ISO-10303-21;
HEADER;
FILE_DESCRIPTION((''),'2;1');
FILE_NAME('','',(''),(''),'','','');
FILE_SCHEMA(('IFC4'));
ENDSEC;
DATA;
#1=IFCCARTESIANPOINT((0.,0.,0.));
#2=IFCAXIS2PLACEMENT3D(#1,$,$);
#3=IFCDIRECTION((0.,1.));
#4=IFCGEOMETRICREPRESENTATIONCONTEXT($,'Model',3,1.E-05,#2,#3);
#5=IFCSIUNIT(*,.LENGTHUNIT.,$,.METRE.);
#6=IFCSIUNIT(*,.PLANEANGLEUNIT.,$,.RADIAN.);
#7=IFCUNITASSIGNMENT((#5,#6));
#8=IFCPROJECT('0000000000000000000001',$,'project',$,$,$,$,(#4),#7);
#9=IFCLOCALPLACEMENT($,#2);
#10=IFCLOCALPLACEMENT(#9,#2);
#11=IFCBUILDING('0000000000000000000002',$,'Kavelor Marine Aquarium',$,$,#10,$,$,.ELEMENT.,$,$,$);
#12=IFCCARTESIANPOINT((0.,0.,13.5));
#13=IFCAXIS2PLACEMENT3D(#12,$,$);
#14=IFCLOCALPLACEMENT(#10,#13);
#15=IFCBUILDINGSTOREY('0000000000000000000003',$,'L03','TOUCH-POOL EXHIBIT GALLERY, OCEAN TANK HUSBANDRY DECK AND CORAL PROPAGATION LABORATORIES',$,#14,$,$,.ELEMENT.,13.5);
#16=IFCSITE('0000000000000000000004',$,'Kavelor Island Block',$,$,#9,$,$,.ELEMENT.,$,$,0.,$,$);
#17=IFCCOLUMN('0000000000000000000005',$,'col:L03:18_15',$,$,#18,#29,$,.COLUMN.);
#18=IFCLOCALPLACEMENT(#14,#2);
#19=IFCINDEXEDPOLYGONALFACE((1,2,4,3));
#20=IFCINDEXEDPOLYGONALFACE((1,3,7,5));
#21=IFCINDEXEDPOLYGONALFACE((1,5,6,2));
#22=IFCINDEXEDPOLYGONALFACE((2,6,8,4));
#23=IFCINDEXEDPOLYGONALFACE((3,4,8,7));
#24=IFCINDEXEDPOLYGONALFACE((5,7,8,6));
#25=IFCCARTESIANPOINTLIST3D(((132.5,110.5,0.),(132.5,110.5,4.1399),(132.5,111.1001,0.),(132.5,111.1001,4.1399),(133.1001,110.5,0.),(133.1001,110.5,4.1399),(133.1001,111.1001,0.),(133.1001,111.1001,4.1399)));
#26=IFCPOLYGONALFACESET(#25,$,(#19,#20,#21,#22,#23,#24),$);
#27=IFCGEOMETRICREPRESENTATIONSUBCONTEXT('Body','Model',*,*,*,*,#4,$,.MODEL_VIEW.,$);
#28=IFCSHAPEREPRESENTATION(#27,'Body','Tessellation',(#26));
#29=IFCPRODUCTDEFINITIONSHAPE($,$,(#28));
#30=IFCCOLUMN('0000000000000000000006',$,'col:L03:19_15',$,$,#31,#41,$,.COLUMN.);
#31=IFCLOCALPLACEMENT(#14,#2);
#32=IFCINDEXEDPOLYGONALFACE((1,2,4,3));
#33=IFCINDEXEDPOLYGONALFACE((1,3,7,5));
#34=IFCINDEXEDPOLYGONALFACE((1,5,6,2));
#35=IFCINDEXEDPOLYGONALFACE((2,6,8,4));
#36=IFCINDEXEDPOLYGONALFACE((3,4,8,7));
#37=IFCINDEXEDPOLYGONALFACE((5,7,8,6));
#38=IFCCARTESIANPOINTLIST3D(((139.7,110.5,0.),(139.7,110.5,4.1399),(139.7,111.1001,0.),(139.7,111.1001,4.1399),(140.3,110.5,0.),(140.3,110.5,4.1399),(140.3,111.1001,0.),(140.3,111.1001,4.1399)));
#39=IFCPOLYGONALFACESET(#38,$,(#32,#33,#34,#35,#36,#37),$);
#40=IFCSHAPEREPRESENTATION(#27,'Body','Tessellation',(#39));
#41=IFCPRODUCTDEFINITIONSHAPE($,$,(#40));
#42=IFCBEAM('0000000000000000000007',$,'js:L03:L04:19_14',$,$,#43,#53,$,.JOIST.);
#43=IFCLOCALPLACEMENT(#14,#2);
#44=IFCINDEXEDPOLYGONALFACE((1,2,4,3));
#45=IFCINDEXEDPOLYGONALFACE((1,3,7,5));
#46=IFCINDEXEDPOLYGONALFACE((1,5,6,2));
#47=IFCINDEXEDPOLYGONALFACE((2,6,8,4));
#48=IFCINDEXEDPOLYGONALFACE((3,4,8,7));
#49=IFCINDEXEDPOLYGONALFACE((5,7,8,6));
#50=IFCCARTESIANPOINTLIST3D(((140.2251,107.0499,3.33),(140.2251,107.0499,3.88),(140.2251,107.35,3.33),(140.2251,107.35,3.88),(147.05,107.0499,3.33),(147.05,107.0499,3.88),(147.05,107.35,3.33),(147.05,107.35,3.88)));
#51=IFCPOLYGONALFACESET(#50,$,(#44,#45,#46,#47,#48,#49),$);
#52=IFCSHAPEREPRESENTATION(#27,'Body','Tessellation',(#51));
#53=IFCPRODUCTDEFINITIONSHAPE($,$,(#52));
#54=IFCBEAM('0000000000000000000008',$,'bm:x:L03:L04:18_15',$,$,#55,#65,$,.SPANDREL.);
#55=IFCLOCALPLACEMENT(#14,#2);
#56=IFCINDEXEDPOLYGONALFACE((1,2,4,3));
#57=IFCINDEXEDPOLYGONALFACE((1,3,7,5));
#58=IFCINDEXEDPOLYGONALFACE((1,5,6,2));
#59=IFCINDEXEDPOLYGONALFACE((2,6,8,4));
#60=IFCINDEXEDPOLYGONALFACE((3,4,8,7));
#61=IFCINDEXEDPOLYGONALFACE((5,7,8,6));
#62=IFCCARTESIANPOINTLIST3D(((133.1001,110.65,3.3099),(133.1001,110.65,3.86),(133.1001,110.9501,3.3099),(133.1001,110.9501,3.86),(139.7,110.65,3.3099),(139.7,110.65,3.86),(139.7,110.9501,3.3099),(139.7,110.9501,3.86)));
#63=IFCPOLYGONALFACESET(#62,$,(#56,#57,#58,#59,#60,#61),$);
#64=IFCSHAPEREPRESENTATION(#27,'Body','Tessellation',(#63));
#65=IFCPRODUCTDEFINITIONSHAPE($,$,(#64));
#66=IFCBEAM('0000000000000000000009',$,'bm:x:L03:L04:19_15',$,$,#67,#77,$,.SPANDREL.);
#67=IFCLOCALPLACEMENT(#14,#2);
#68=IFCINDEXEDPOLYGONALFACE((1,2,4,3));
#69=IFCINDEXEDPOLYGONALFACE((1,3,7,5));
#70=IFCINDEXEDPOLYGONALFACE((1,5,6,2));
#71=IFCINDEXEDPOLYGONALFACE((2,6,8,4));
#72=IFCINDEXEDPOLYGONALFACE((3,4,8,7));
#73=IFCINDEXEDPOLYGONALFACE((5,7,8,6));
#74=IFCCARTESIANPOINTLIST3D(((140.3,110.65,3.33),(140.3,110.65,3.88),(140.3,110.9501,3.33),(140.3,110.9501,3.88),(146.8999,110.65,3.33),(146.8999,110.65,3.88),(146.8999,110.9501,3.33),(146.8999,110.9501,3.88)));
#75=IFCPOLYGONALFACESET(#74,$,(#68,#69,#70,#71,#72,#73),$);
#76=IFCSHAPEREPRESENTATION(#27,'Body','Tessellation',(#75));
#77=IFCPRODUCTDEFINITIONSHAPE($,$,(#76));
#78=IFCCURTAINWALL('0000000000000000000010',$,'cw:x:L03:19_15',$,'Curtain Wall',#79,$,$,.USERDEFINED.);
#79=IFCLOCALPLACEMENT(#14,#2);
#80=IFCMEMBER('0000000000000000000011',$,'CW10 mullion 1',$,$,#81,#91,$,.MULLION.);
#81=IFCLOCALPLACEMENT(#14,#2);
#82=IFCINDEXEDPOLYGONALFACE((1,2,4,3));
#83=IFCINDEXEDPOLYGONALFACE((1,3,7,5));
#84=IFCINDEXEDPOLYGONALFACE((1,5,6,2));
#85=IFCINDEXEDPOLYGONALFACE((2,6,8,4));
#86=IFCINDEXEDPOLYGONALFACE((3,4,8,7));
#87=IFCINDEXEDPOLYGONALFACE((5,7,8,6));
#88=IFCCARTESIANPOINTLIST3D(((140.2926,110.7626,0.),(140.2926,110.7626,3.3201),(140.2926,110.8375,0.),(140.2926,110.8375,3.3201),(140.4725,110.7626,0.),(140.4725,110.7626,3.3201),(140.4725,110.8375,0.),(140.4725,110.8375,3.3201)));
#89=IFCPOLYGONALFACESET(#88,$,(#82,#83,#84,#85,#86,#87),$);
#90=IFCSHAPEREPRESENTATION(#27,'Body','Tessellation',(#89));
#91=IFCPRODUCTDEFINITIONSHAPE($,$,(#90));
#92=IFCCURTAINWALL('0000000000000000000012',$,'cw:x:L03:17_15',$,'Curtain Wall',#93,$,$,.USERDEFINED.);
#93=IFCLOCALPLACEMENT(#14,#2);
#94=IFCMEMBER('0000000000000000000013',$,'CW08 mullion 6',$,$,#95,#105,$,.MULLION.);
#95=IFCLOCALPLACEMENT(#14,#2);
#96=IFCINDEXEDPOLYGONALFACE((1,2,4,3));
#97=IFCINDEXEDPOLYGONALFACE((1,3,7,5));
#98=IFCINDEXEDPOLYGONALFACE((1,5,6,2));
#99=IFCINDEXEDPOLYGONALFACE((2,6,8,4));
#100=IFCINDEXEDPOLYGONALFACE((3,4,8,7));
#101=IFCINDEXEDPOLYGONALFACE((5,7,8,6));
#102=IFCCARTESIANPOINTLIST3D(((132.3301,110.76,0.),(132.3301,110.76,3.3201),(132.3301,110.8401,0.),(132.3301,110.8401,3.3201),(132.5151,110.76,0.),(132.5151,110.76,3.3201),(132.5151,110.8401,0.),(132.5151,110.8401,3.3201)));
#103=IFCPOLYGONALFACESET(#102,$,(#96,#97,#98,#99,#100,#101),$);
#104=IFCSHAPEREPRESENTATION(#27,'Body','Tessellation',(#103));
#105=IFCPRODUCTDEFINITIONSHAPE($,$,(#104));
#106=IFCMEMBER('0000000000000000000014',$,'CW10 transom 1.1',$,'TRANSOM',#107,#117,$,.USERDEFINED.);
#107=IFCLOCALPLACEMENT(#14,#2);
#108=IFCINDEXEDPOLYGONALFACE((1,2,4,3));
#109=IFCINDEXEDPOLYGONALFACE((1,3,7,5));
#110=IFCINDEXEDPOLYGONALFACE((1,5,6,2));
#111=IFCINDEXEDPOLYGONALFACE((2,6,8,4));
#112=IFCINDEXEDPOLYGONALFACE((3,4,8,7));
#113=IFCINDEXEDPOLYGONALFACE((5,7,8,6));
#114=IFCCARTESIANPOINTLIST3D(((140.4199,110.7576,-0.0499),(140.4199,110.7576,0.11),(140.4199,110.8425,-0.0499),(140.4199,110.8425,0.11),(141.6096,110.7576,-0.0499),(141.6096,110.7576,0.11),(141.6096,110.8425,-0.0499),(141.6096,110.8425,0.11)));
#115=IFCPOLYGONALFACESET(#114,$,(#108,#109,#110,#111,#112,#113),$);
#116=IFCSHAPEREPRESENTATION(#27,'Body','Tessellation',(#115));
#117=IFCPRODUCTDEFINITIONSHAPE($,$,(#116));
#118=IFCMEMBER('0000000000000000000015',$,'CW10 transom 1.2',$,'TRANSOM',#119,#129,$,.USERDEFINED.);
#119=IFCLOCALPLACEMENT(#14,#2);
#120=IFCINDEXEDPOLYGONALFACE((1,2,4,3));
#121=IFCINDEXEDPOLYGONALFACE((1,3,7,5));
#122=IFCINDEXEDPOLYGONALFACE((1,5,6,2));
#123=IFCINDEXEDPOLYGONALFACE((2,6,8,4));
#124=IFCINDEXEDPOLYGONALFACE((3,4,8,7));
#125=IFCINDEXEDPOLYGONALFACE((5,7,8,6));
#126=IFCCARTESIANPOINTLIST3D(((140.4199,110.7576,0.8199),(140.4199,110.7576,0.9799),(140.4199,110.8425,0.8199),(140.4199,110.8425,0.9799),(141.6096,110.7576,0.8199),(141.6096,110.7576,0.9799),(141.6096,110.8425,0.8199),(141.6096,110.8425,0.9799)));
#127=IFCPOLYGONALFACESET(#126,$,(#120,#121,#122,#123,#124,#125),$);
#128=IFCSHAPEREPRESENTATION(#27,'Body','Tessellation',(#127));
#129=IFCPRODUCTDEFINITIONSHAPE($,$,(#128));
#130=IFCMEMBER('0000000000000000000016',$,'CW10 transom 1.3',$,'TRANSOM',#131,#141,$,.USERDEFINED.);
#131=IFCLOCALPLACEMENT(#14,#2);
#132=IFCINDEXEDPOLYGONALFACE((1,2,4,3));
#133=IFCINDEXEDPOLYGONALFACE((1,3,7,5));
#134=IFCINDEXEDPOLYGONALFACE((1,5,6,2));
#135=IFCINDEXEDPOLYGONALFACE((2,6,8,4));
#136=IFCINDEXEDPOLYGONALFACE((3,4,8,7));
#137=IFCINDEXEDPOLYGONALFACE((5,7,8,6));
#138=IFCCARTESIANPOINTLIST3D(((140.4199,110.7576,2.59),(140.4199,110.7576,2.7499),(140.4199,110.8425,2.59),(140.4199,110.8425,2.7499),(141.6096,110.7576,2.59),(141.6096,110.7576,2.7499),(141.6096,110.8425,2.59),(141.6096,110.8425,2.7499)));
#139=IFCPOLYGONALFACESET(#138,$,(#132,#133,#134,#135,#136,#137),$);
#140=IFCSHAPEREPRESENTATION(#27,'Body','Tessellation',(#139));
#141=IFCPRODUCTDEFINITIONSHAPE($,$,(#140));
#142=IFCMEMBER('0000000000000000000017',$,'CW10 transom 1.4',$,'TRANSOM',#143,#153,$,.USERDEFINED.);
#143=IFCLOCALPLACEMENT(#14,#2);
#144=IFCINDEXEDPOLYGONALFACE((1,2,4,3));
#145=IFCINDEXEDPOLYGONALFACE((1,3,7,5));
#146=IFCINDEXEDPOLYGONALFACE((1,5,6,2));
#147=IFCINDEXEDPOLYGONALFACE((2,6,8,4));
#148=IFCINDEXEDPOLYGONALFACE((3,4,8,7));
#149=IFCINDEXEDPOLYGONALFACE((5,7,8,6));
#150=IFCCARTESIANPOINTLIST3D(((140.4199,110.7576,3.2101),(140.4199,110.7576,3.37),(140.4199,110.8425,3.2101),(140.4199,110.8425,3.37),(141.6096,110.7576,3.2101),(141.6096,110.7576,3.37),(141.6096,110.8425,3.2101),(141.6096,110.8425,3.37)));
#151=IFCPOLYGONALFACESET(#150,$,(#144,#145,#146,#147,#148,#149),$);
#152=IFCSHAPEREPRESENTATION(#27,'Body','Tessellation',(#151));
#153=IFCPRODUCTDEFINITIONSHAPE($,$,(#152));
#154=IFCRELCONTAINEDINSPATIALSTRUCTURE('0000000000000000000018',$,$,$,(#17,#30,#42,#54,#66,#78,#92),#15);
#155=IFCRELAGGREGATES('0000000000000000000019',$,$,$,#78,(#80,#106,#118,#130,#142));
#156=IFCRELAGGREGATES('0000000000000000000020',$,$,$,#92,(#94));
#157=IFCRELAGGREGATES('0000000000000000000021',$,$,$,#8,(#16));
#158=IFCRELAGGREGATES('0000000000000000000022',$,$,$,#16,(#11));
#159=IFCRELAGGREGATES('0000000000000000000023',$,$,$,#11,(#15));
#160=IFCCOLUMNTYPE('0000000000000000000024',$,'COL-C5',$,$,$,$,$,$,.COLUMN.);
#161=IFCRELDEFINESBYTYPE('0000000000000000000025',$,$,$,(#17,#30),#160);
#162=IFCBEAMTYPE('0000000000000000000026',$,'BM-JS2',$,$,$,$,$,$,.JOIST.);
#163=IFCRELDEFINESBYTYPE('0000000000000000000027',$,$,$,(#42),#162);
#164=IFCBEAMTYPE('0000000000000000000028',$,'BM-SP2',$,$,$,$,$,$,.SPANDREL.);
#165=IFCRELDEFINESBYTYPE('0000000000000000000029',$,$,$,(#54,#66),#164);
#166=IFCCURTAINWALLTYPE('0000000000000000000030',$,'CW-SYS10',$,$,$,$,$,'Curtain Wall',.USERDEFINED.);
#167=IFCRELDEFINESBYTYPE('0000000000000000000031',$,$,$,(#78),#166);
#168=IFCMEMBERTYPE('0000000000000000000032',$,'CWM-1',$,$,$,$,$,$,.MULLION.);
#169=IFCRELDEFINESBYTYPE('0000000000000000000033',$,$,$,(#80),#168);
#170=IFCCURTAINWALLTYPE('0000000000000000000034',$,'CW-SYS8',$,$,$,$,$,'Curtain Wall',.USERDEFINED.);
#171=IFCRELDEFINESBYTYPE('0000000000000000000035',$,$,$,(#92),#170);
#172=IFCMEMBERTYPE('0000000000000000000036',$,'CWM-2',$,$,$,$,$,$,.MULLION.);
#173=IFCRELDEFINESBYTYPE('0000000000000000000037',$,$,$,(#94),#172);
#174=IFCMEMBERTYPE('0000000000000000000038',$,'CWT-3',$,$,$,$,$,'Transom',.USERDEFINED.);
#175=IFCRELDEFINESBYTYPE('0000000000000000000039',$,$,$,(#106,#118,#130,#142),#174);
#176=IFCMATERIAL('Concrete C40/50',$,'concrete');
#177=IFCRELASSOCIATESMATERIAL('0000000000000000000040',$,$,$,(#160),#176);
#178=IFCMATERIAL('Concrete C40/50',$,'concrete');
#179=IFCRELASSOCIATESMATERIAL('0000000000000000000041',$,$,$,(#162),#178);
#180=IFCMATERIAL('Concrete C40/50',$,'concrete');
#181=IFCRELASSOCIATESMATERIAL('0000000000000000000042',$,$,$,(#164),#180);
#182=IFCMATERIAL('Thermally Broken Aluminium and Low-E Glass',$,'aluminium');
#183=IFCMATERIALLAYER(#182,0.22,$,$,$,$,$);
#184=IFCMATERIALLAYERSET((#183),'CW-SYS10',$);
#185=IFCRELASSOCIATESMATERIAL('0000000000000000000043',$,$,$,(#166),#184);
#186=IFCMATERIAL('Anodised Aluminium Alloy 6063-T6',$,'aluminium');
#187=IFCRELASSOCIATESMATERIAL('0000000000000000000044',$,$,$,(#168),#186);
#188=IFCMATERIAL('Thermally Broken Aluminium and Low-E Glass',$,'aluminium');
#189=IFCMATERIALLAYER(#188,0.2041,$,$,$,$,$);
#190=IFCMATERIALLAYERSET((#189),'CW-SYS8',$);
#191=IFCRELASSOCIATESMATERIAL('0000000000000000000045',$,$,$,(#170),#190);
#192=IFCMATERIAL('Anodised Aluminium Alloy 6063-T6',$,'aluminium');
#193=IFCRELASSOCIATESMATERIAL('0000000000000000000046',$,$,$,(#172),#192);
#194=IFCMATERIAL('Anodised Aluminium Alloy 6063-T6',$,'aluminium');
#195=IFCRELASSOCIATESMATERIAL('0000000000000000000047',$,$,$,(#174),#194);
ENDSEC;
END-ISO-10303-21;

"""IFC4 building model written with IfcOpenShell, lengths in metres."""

from ifc_helpers import new_model, si_unit, direction, frame, origin, origin_2d, place, context, subcontext, project, spatial, rectangle, extrude, material, layer, layer_set, material_profile, profile_set, type_object, element, aggregate, save


model = new_model("IFC4")

# Units and contexts
model_context = context("Model", 3, precision=1e-05, world=origin(), true_north=direction((0.0, 1.0)))
body_context = subcontext(model_context, "Body", "Model", "MODEL_VIEW")
ifc_project = project(units=[si_unit("LENGTHUNIT", "METRE"), si_unit("PLANEANGLEUNIT", "RADIAN")], contexts=[model_context])

# Site, building, storey
site_placement = place(None, origin())
site = spatial("IfcSite", under=ifc_project, at=site_placement, Name="Kavelor Island Block", CompositionType="ELEMENT", RefElevation=0.0)
building_placement = place(site_placement, origin())
building = spatial("IfcBuilding", under=site, at=building_placement, Name="Kavelor Marine Aquarium", CompositionType="ELEMENT")
storey_placement = place(building_placement, frame((0.0, 0.0, 13.5)))
storey = spatial("IfcBuildingStorey", under=building, at=storey_placement, Name="L03", Description="TOUCH-POOL EXHIBIT GALLERY, OCEAN TANK HUSBANDRY DECK AND CORAL PROPAGATION LABORATORIES", CompositionType="ELEMENT", Elevation=13.5)

# Columns
ifc_material_1 = material(Name="Concrete C40/50", Category="concrete")
ifc_material_profile_1 = material_profile(ifc_material_1, rectangle(XDim=0.6001, YDim=0.6001, at=origin_2d()), Name="RC-COL 600x600")
ifc_profile_set_1 = profile_set([ifc_material_profile_1], Name="Concrete C40/50")
column_type = type_object("IfcColumnType", Name="COL-C5", PredefinedType="COLUMN", material=ifc_profile_set_1)
for number, where, z_axis, x_axis, name in (
    (1, (132.8, 110.8, 0.0), (0.0, 0.0, 1.0), (1.0, 0.0, 0.0), "col:L03:18_15"),
    (2, (140.0, 110.8, 0.0), (0.0, 0.0, 1.0), (1.0, 0.0, 0.0), "col:L03:19_15"),
):
    element("IfcColumn", number, at=place(storey_placement, frame(where, z_axis=z_axis, x_axis=x_axis)), inside=storey, type_object=column_type, Name=name, PredefinedType="COLUMN", context=body_context, shape_type="SweptSolid", body=[
        extrude(rectangle(XDim=0.6001, YDim=0.6001, at=origin_2d()), origin(), (0.0, 0.0, 1.0), 4.1399),
    ])

# Beams
ifc_material_2 = material(Name="Concrete C40/50", Category="concrete")
ifc_material_profile_2 = material_profile(ifc_material_2, rectangle(XDim=0.3, YDim=0.55, at=origin_2d()), Name="RC-JS 300x550")
ifc_profile_set_2 = profile_set([ifc_material_profile_2], Name="Concrete C40/50")
beam_type_1 = type_object("IfcBeamType", Name="BM-JS2", PredefinedType="JOIST", material=ifc_profile_set_2)
beam_placement = place(storey_placement, frame((140.2251, 107.2, 3.605), z_axis=(1.0, 0.0, 0.0), x_axis=(0.0, 1.0, 0.0)))
element("IfcBeam", 3, at=beam_placement, inside=storey, type_object=beam_type_1, Name="js:L03:L04:19_14", PredefinedType="JOIST", context=body_context, shape_type="SweptSolid", body=[
    extrude(rectangle(XDim=0.3, YDim=0.55, at=origin_2d()), origin(), (0.0, 0.0, 1.0), 6.825),
])
ifc_material_3 = material(Name="Concrete C40/50", Category="concrete")
ifc_material_profile_3 = material_profile(ifc_material_3, rectangle(XDim=0.3, YDim=0.55, at=origin_2d()), Name="RC-SP 300x550")
ifc_profile_set_3 = profile_set([ifc_material_profile_3], Name="Concrete C40/50")
beam_type_2 = type_object("IfcBeamType", Name="BM-SP2", PredefinedType="SPANDREL", material=ifc_profile_set_3)
for number, where, z_axis, x_axis, name in (
    (4, (133.1001, 110.8, 3.585), (1.0, 0.0, 0.0), (0.0, 1.0, 0.0), "bm:x:L03:L04:18_15"),
    (5, (140.3, 110.8, 3.605), (1.0, 0.0, 0.0), (0.0, 1.0, 0.0), "bm:x:L03:L04:19_15"),
):
    element("IfcBeam", number, at=place(storey_placement, frame(where, z_axis=z_axis, x_axis=x_axis)), inside=storey, type_object=beam_type_2, Name=name, PredefinedType="SPANDREL", context=body_context, shape_type="SweptSolid", body=[
        extrude(rectangle(XDim=0.3, YDim=0.55, at=origin_2d()), origin(), (0.0, 0.0, 1.0), 6.5999),
    ])

# Curtain walls, members
ifc_material_4 = material(Name="Thermally Broken Aluminium and Low-E Glass", Category="aluminium")
ifc_layer_1 = layer(ifc_material_4, 0.22)
ifc_layer_set_1 = layer_set([ifc_layer_1], Name="CW-SYS10")
curtain_wall_type_1 = type_object("IfcCurtainWallType", Name="CW-SYS10", ElementType="Curtain Wall", PredefinedType="USERDEFINED", material=ifc_layer_set_1)
curtain_wall_1_placement = place(storey_placement, origin())
curtain_wall_1 = element("IfcCurtainWall", 6, at=curtain_wall_1_placement, inside=storey, type_object=curtain_wall_type_1, Name="cw:x:L03:19_15", ObjectType="Curtain Wall", PredefinedType="USERDEFINED")
ifc_material_5 = material(Name="Anodised Aluminium Alloy 6063-T6", Category="aluminium")
ifc_material_profile_4 = material_profile(ifc_material_5, rectangle(XDim=0.075, YDim=0.1799, at=origin_2d()), Name="CW-MUL 75x180")
ifc_profile_set_4 = profile_set([ifc_material_profile_4], Name="Anodised Aluminium Alloy 6063-T6")
member_type_1 = type_object("IfcMemberType", Name="CWM-1", PredefinedType="MULLION", material=ifc_profile_set_4)
member_1_placement = place(storey_placement, frame((140.3826, 110.8, 0.0), z_axis=(0.0, 0.0, 1.0), x_axis=(0.0, 1.0, 0.0)))
member_1 = element("IfcMember", 7, at=member_1_placement, type_object=member_type_1, Name="CW10 mullion 1", PredefinedType="MULLION", context=body_context, shape_type="SweptSolid", body=[
    extrude(rectangle(XDim=0.075, YDim=0.1799, at=origin_2d()), origin(), (0.0, 0.0, 1.0), 3.3201),
])
ifc_material_6 = material(Name="Thermally Broken Aluminium and Low-E Glass", Category="aluminium")
ifc_layer_2 = layer(ifc_material_6, 0.2041)
ifc_layer_set_2 = layer_set([ifc_layer_2], Name="CW-SYS8")
curtain_wall_type_2 = type_object("IfcCurtainWallType", Name="CW-SYS8", ElementType="Curtain Wall", PredefinedType="USERDEFINED", material=ifc_layer_set_2)
curtain_wall_2_placement = place(storey_placement, origin())
curtain_wall_2 = element("IfcCurtainWall", 8, at=curtain_wall_2_placement, inside=storey, type_object=curtain_wall_type_2, Name="cw:x:L03:17_15", ObjectType="Curtain Wall", PredefinedType="USERDEFINED")
ifc_material_7 = material(Name="Anodised Aluminium Alloy 6063-T6", Category="aluminium")
ifc_material_profile_5 = material_profile(ifc_material_7, rectangle(XDim=0.0801, YDim=0.1851, at=origin_2d()), Name="CW-MUL 80x185")
ifc_profile_set_5 = profile_set([ifc_material_profile_5], Name="Anodised Aluminium Alloy 6063-T6")
member_type_2 = type_object("IfcMemberType", Name="CWM-2", PredefinedType="MULLION", material=ifc_profile_set_5)
member_2_placement = place(storey_placement, frame((132.4226, 110.8, 0.0), z_axis=(0.0, 0.0, 1.0), x_axis=(0.0, 1.0, 0.0)))
member_2 = element("IfcMember", 9, at=member_2_placement, type_object=member_type_2, Name="CW08 mullion 6", PredefinedType="MULLION", context=body_context, shape_type="SweptSolid", body=[
    extrude(rectangle(XDim=0.0801, YDim=0.1851, at=origin_2d()), origin(), (0.0, 0.0, 1.0), 3.3201),
])

# Members
ifc_material_8 = material(Name="Anodised Aluminium Alloy 6063-T6", Category="aluminium")
ifc_material_profile_6 = material_profile(ifc_material_8, rectangle(XDim=0.085, YDim=0.1599, at=origin_2d()), Name="CW-TRN 85x160")
ifc_profile_set_6 = profile_set([ifc_material_profile_6], Name="Anodised Aluminium Alloy 6063-T6")
member_type_3 = type_object("IfcMemberType", Name="CWT-3", ElementType="Transom", PredefinedType="USERDEFINED", material=ifc_profile_set_6)
member_3_placement = place(storey_placement, frame((140.4199, 110.8, 0.03), z_axis=(1.0, 0.0, 0.0), x_axis=(0.0, 1.0, 0.0)))
member_3 = element("IfcMember", 10, at=member_3_placement, type_object=member_type_3, Name="CW10 transom 1.1", ObjectType="TRANSOM", PredefinedType="USERDEFINED", context=body_context, shape_type="SweptSolid", body=[
    extrude(rectangle(XDim=0.085, YDim=0.1599, at=origin_2d()), origin(), (0.0, 0.0, 1.0), 1.1897),
])
member_4_placement = place(storey_placement, frame((140.4199, 110.8, 0.8999), z_axis=(1.0, 0.0, 0.0), x_axis=(0.0, 1.0, 0.0)))
member_4 = element("IfcMember", 11, at=member_4_placement, type_object=member_type_3, Name="CW10 transom 1.2", ObjectType="TRANSOM", PredefinedType="USERDEFINED", context=body_context, shape_type="SweptSolid", body=[
    extrude(rectangle(XDim=0.085, YDim=0.1599, at=origin_2d()), origin(), (0.0, 0.0, 1.0), 1.1897),
])
member_5_placement = place(storey_placement, frame((140.4199, 110.8, 2.6699), z_axis=(1.0, 0.0, 0.0), x_axis=(0.0, 1.0, 0.0)))
member_5 = element("IfcMember", 12, at=member_5_placement, type_object=member_type_3, Name="CW10 transom 1.3", ObjectType="TRANSOM", PredefinedType="USERDEFINED", context=body_context, shape_type="SweptSolid", body=[
    extrude(rectangle(XDim=0.085, YDim=0.1599, at=origin_2d()), origin(), (0.0, 0.0, 1.0), 1.1897),
])
member_6_placement = place(storey_placement, frame((140.4199, 110.8, 3.29), z_axis=(1.0, 0.0, 0.0), x_axis=(0.0, 1.0, 0.0)))
member_6 = element("IfcMember", 13, at=member_6_placement, type_object=member_type_3, Name="CW10 transom 1.4", ObjectType="TRANSOM", PredefinedType="USERDEFINED", context=body_context, shape_type="SweptSolid", body=[
    extrude(rectangle(XDim=0.085, YDim=0.1599, at=origin_2d()), origin(), (0.0, 0.0, 1.0), 1.1897),
])
aggregate(curtain_wall_1, [member_1, member_3, member_4, member_5, member_6])

aggregate(curtain_wall_2, [member_2])

save(model, "model.ifc")
